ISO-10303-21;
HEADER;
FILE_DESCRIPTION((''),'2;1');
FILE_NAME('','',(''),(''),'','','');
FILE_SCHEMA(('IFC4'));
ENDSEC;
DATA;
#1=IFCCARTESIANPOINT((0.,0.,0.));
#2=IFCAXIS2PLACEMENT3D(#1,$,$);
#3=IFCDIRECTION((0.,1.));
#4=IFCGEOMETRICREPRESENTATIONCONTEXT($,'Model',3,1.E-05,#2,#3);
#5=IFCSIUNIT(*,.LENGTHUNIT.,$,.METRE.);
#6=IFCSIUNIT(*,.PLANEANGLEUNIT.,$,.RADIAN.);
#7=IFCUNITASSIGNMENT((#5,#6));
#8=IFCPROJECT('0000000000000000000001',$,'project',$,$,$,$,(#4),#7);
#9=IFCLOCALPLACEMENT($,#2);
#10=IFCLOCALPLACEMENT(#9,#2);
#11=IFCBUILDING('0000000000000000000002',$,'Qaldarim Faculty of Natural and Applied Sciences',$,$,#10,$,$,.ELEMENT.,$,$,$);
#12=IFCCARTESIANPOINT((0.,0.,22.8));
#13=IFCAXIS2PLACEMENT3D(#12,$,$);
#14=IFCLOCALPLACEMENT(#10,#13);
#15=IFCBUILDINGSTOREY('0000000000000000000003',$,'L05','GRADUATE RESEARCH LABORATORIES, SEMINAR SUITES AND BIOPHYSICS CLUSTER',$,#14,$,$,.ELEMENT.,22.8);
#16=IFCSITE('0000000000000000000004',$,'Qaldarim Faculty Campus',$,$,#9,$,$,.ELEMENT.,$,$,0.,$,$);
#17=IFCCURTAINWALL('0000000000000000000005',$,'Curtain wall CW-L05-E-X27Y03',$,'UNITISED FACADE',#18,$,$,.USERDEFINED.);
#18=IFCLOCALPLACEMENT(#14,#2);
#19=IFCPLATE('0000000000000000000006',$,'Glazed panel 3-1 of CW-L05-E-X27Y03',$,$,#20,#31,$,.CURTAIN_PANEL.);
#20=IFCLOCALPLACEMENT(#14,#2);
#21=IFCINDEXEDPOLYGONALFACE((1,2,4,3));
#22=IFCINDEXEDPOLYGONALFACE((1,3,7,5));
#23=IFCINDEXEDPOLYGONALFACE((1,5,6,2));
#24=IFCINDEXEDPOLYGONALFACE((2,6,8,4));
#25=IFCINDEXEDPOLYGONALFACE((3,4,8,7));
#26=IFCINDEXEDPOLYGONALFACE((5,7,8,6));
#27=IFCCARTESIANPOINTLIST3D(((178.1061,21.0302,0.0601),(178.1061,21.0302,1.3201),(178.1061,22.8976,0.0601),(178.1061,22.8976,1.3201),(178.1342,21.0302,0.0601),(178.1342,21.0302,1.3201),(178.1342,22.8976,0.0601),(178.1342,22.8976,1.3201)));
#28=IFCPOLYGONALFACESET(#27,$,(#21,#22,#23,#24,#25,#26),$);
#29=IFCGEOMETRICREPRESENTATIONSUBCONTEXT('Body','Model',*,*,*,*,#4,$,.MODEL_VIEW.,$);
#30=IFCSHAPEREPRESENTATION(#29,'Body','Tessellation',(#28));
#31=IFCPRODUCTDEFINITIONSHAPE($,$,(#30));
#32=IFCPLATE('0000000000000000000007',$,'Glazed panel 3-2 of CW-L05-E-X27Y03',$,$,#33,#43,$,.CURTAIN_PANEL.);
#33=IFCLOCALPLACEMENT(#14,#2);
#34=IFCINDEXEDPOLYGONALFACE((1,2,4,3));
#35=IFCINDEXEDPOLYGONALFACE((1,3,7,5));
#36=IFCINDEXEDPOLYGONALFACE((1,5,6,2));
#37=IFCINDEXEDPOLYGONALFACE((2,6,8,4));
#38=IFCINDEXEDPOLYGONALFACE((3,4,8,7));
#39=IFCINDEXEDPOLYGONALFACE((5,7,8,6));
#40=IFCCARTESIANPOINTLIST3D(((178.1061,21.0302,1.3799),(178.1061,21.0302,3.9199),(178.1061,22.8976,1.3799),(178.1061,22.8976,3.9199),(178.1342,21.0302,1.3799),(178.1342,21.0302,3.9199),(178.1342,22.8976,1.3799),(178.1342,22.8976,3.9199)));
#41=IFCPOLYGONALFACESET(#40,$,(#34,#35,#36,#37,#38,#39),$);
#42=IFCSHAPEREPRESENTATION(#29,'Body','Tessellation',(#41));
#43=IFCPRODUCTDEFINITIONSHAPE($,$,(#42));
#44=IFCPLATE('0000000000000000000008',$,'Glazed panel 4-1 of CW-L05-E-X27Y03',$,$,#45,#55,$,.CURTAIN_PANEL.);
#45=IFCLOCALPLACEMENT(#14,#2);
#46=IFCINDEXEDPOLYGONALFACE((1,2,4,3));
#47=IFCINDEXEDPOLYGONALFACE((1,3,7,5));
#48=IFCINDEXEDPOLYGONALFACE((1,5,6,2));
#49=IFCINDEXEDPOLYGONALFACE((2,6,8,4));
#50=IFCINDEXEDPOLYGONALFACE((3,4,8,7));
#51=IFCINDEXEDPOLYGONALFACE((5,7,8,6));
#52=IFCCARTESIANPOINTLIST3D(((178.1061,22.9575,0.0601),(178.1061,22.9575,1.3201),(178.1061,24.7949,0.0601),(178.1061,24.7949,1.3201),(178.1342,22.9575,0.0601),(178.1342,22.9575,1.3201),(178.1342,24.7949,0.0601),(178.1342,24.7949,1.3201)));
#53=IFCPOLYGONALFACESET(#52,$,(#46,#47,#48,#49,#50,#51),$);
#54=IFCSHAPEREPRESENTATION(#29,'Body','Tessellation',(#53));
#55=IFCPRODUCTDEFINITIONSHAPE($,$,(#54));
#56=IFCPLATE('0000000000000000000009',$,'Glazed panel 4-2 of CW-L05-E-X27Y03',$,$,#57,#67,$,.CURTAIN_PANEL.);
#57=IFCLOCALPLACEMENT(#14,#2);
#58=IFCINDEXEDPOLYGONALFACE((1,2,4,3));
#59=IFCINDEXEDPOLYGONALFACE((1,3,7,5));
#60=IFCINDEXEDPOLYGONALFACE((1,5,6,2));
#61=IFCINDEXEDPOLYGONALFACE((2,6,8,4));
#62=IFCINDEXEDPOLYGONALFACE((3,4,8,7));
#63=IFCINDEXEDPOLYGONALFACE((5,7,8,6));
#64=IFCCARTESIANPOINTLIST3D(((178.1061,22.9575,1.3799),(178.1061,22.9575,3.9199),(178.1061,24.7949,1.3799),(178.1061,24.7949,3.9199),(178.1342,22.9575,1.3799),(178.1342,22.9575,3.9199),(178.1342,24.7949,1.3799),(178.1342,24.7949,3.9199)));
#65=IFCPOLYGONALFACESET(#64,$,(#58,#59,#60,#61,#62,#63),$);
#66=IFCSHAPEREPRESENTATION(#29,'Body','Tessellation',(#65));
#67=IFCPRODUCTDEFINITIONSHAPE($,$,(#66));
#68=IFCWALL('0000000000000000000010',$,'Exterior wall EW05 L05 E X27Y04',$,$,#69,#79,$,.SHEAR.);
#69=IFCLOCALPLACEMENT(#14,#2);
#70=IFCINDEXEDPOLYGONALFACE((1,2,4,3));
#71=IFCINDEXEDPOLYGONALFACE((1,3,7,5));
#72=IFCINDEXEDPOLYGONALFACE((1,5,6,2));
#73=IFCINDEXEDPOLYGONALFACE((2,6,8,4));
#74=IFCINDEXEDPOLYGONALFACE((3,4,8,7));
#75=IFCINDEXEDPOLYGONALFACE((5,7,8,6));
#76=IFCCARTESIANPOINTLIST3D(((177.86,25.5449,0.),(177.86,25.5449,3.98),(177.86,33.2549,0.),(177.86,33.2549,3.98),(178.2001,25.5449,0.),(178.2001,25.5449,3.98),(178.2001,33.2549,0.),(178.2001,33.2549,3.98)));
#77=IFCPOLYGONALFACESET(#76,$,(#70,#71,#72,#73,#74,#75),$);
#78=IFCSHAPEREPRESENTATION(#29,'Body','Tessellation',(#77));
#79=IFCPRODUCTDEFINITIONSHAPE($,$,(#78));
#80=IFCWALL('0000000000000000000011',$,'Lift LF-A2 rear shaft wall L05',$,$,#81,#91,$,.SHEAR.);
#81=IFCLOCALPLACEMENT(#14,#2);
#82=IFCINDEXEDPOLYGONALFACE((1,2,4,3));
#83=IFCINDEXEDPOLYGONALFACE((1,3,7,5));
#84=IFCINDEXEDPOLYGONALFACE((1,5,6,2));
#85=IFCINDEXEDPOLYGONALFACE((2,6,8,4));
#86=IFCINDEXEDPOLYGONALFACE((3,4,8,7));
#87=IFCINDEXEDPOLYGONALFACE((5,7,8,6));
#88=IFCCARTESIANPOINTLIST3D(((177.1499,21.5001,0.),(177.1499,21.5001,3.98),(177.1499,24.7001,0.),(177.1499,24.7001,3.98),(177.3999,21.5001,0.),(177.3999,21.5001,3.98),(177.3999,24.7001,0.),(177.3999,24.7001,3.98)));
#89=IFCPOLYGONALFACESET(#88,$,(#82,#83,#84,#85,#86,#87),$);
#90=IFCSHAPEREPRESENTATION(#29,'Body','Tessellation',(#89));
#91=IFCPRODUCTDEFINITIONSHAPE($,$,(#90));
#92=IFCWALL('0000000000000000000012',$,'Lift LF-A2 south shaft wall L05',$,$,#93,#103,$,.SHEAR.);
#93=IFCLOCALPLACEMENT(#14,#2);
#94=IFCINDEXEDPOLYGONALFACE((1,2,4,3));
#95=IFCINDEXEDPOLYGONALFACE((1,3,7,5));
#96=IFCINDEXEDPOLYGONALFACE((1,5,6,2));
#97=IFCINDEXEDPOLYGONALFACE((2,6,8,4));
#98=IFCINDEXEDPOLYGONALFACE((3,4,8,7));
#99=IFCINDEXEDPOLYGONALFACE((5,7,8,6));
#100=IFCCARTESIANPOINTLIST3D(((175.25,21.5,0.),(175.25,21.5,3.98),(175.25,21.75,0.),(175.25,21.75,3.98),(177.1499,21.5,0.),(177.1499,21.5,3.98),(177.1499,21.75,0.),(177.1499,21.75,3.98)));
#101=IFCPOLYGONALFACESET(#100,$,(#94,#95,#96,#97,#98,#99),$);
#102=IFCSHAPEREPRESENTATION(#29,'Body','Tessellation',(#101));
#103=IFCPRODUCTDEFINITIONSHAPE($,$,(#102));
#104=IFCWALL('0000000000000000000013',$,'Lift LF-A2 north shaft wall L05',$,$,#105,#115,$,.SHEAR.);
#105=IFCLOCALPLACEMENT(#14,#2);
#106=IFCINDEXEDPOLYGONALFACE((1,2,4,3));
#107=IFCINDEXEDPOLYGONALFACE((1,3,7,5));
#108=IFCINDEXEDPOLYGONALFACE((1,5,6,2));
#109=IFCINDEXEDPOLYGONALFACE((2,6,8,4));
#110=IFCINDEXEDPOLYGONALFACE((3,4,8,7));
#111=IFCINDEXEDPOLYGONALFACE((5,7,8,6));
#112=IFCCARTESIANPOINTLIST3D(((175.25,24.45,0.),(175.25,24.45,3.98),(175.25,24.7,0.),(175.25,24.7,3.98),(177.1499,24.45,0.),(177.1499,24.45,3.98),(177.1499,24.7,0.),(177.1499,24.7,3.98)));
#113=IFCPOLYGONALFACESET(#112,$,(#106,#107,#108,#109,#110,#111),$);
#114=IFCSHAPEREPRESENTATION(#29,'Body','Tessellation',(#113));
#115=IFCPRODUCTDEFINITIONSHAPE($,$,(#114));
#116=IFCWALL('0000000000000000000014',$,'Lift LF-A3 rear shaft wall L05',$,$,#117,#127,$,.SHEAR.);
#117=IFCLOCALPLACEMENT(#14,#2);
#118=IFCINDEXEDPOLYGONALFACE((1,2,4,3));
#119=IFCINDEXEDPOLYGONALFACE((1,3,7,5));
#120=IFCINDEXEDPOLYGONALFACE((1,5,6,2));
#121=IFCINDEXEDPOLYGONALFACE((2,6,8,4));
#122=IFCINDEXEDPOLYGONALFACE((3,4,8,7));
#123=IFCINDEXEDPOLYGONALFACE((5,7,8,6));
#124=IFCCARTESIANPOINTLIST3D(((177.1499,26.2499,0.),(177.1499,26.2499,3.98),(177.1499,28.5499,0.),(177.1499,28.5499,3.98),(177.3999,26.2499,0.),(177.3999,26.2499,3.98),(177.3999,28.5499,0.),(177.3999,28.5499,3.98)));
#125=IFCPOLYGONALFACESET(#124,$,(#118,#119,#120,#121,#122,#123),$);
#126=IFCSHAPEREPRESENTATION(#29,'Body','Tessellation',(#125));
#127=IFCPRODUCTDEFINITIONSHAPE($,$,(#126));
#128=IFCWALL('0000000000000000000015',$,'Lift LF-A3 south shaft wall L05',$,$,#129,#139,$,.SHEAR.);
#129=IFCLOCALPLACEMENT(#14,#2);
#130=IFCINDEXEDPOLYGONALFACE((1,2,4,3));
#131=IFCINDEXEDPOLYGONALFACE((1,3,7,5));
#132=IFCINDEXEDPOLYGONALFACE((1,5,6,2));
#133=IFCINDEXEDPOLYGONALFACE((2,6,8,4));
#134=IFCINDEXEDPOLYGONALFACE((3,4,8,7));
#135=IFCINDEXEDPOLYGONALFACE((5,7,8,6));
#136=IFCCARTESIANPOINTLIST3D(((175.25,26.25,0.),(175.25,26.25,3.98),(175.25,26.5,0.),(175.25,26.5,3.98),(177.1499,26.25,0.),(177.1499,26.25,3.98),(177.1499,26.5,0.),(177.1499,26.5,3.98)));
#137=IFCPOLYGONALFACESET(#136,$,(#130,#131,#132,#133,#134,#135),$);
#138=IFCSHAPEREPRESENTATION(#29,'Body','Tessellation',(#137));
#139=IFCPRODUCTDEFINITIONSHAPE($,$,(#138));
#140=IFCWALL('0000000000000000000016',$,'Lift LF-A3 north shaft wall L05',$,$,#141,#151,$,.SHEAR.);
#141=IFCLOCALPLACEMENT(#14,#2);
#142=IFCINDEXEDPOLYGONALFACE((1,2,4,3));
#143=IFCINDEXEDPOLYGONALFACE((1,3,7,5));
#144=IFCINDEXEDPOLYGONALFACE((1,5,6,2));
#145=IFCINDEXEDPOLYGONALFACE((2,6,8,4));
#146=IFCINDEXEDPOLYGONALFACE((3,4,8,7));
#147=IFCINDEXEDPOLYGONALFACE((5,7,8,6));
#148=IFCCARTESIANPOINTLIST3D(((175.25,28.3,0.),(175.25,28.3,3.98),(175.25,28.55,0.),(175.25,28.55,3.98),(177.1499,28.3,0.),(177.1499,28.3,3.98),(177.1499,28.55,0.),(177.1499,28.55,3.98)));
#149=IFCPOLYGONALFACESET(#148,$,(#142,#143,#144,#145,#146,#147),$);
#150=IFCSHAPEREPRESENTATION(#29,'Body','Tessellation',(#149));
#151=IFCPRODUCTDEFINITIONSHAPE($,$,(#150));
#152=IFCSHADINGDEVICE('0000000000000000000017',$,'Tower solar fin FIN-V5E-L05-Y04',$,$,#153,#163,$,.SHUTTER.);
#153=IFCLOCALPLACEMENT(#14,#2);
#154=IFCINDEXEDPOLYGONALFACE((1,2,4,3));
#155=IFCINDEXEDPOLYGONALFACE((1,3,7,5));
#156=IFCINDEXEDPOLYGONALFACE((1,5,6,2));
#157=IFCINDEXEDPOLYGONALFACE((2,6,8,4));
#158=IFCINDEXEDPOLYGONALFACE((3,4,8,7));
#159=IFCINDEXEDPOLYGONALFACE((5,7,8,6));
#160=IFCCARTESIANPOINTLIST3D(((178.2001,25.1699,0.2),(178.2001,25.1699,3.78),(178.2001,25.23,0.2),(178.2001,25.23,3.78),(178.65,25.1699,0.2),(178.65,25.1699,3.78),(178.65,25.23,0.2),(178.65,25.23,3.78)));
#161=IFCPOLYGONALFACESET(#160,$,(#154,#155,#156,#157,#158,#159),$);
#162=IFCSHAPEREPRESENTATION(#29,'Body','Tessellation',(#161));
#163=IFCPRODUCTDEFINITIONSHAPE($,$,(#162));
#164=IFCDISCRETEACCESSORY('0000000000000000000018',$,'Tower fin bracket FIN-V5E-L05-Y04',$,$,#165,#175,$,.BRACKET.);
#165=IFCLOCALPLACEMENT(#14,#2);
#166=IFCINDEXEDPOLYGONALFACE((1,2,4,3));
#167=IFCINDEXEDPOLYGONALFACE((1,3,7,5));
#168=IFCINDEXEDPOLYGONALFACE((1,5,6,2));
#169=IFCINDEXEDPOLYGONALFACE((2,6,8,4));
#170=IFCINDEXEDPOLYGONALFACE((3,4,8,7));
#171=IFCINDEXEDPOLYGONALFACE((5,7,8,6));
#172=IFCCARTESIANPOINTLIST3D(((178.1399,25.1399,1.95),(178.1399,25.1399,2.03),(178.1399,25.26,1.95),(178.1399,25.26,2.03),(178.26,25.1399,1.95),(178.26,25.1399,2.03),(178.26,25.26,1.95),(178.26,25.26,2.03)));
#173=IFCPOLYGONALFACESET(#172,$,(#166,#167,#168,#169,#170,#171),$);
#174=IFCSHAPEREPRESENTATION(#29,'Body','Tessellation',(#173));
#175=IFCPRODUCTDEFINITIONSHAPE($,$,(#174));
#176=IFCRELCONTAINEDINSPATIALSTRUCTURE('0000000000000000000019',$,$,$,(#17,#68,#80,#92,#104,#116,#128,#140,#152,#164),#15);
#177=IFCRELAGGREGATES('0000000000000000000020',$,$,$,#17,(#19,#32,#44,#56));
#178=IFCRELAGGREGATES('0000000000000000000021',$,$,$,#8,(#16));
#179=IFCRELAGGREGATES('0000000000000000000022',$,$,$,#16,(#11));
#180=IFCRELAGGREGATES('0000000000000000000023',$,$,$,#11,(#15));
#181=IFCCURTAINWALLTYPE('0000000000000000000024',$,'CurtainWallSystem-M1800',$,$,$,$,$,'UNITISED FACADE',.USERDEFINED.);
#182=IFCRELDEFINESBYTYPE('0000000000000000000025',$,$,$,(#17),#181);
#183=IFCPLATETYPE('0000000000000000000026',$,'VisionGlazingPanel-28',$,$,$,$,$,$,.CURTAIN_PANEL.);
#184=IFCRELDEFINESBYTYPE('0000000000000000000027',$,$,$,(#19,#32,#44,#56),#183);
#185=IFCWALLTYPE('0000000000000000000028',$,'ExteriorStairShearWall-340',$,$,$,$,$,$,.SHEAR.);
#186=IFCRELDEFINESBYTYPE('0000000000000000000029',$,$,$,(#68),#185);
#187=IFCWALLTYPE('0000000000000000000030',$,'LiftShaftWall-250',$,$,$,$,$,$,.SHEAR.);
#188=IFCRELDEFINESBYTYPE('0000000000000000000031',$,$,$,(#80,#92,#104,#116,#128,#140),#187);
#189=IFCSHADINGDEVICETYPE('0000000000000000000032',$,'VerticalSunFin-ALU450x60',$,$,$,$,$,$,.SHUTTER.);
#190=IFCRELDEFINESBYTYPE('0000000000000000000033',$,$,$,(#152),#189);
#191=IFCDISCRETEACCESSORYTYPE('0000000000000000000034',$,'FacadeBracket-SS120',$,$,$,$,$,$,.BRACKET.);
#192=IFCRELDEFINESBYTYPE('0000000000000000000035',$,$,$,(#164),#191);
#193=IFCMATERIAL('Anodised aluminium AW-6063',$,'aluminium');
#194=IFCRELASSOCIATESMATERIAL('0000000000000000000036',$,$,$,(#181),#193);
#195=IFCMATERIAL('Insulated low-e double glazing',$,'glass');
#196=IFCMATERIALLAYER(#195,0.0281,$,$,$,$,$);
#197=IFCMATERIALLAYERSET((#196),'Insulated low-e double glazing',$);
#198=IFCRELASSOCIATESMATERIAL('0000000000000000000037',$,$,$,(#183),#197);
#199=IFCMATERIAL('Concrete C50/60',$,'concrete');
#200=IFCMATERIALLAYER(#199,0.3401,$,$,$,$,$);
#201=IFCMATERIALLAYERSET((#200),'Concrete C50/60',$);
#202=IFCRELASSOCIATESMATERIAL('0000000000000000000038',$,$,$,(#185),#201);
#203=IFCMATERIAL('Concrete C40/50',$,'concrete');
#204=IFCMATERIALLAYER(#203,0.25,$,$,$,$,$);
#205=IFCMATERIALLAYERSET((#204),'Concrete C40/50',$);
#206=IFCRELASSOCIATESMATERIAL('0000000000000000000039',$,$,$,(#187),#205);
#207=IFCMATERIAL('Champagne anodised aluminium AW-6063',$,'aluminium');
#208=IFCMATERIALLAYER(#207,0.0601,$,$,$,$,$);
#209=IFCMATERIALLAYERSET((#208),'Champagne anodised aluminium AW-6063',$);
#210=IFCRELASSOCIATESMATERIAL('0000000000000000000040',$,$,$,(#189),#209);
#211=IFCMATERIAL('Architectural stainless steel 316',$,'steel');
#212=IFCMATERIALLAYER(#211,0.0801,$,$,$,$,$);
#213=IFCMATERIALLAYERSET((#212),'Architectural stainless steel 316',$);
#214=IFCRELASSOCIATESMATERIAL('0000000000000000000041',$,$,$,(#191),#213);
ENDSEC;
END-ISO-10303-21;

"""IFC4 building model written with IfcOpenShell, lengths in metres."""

from ifc_helpers import new_model, si_unit, direction, frame, frame_2d, origin, origin_2d, place, context, subcontext, project, spatial, rectangle, extrude, material, layer, layer_set, type_object, element, aggregate, save


model = new_model("IFC4")

# Units and contexts
model_context = context("Model", 3, precision=1e-05, world=origin(), true_north=direction((0.0, 1.0)))
body_context = subcontext(model_context, "Body", "Model", "MODEL_VIEW")
ifc_project = project(units=[si_unit("LENGTHUNIT", "METRE"), si_unit("PLANEANGLEUNIT", "RADIAN")], contexts=[model_context])

# Site, building, storey
site_placement = place(None, origin())
site = spatial("IfcSite", under=ifc_project, at=site_placement, Name="Qaldarim Faculty Campus", CompositionType="ELEMENT", RefElevation=0.0)
building_placement = place(site_placement, origin())
building = spatial("IfcBuilding", under=site, at=building_placement, Name="Qaldarim Faculty of Natural and Applied Sciences", CompositionType="ELEMENT")
storey_placement = place(building_placement, frame((0.0, 0.0, 22.8)))
storey = spatial("IfcBuildingStorey", under=building, at=storey_placement, Name="L05", Description="GRADUATE RESEARCH LABORATORIES, SEMINAR SUITES AND BIOPHYSICS CLUSTER", CompositionType="ELEMENT", Elevation=22.8)

# Shared definitions
ifc_material_1 = material(Name="Concrete C50/60", Category="concrete")

# Curtain wall
ifc_material_2 = material(Name="Anodised aluminium AW-6063", Category="aluminium")
curtain_wall_type = type_object("IfcCurtainWallType", Name="CurtainWallSystem-M1800", ElementType="UNITISED FACADE", PredefinedType="USERDEFINED", material=ifc_material_2)
curtain_wall_placement = place(storey_placement, origin())
curtain_wall = element("IfcCurtainWall", 1, at=curtain_wall_placement, inside=storey, type_object=curtain_wall_type, Name="Curtain wall CW-L05-E-X27Y03", ObjectType="UNITISED FACADE", PredefinedType="USERDEFINED")

# Shared definitions
ifc_material_3 = material(Name="Concrete C40/50", Category="concrete")

# Plates
ifc_material_4 = material(Name="Insulated low-e double glazing", Category="glass")
ifc_layer_1 = layer(ifc_material_4, 0.0281)
ifc_layer_set_1 = layer_set([ifc_layer_1], Name="Insulated low-e double glazing")
plate_type_1 = type_object("IfcPlateType", Name="VisionGlazingPanel-28", PredefinedType="CURTAIN_PANEL", material=ifc_layer_set_1)
plate_1_placement = place(storey_placement, frame((178.1201, 21.9639, 0.0601), z_axis=(0.0, 0.0, 1.0), x_axis=(0.0, 1.0, 0.0)))
plate_1 = element("IfcPlate", 2, at=plate_1_placement, type_object=plate_type_1, Name="Glazed panel 3-1 of CW-L05-E-X27Y03", PredefinedType="CURTAIN_PANEL", context=body_context, shape_type="SweptSolid", body=[
    extrude(rectangle(XDim=1.8674, YDim=0.0281, at=origin_2d()), origin(), (0.0, 0.0, 1.0), 1.26),
])
plate_2_placement = place(storey_placement, frame((178.1201, 21.9639, 1.3799), z_axis=(0.0, 0.0, 1.0), x_axis=(0.0, 1.0, 0.0)))
plate_2 = element("IfcPlate", 3, at=plate_2_placement, type_object=plate_type_1, Name="Glazed panel 3-2 of CW-L05-E-X27Y03", PredefinedType="CURTAIN_PANEL", context=body_context, shape_type="SweptSolid", body=[
    extrude(rectangle(XDim=1.8674, YDim=0.0281, at=origin_2d()), origin(), (0.0, 0.0, 1.0), 2.54),
])
plate_3_placement = place(storey_placement, frame((178.1201, 23.8762, 0.0601), z_axis=(0.0, 0.0, 1.0), x_axis=(0.0, 1.0, 0.0)))
plate_3 = element("IfcPlate", 4, at=plate_3_placement, type_object=plate_type_1, Name="Glazed panel 4-1 of CW-L05-E-X27Y03", PredefinedType="CURTAIN_PANEL", context=body_context, shape_type="SweptSolid", body=[
    extrude(rectangle(XDim=1.8374, YDim=0.0281, at=origin_2d()), origin(), (0.0, 0.0, 1.0), 1.26),
])
plate_4_placement = place(storey_placement, frame((178.1201, 23.8762, 1.3799), z_axis=(0.0, 0.0, 1.0), x_axis=(0.0, 1.0, 0.0)))
plate_4 = element("IfcPlate", 5, at=plate_4_placement, type_object=plate_type_1, Name="Glazed panel 4-2 of CW-L05-E-X27Y03", PredefinedType="CURTAIN_PANEL", context=body_context, shape_type="SweptSolid", body=[
    extrude(rectangle(XDim=1.8374, YDim=0.0281, at=origin_2d()), origin(), (0.0, 0.0, 1.0), 2.54),
])
aggregate(curtain_wall, [plate_1, plate_2, plate_3, plate_4])

# Wall
ifc_layer_2 = layer(ifc_material_1, 0.3401)
ifc_layer_set_2 = layer_set([ifc_layer_2], Name="Concrete C50/60")
wall_type_1 = type_object("IfcWallType", Name="ExteriorStairShearWall-340", PredefinedType="SHEAR", material=ifc_layer_set_2)
wall_1_placement = place(storey_placement, frame((178.03, 25.5449, 0.0), z_axis=(0.0, 0.0, 1.0), x_axis=(0.0, 1.0, 0.0)))
element("IfcWall", 6, at=wall_1_placement, inside=storey, type_object=wall_type_1, Name="Exterior wall EW05 L05 E X27Y04", PredefinedType="SHEAR", context=body_context, shape_type="SweptSolid", body=[
    extrude(rectangle(XDim=7.71, YDim=0.3401, at=frame_2d((3.855, 0.0))), origin(), (0.0, 0.0, 1.0), 3.98),
])

# Shared definitions
ifc_layer_3 = layer(ifc_material_3, 0.25)
ifc_layer_set_3 = layer_set([ifc_layer_3], Name="Concrete C40/50")
wall_type_2 = type_object("IfcWallType", Name="LiftShaftWall-250", PredefinedType="SHEAR", material=ifc_layer_set_3)
ifc_material_5 = material(Name="Architectural stainless steel 316", Category="steel")

# Walls
wall_2_placement = place(storey_placement, frame((177.2749, 21.5, 0.0), z_axis=(0.0, 0.0, 1.0), x_axis=(0.0, 1.0, 0.0)))
element("IfcWall", 7, at=wall_2_placement, inside=storey, type_object=wall_type_2, Name="Lift LF-A2 rear shaft wall L05", PredefinedType="SHEAR", context=body_context, shape_type="SweptSolid", body=[
    extrude(rectangle(XDim=3.2, YDim=0.25, at=frame_2d((1.6001, 0.0))), origin(), (0.0, 0.0, 1.0), 3.98),
])
for number, where, z_axis, x_axis, name in (
    (8, (175.25, 21.625, 0.0), (0.0, 0.0, 1.0), (1.0, 0.0, 0.0), "Lift LF-A2 south shaft wall L05"),
    (9, (175.25, 24.575, 0.0), (0.0, 0.0, 1.0), (1.0, 0.0, 0.0), "Lift LF-A2 north shaft wall L05"),
):
    element("IfcWall", number, at=place(storey_placement, frame(where, z_axis=z_axis, x_axis=x_axis)), inside=storey, type_object=wall_type_2, Name=name, PredefinedType="SHEAR", context=body_context, shape_type="SweptSolid", body=[
        extrude(rectangle(XDim=1.8999, YDim=0.25, at=frame_2d((0.95, 0.0))), origin(), (0.0, 0.0, 1.0), 3.98),
    ])

# Walls
wall_3_placement = place(storey_placement, frame((177.2749, 26.25, 0.0), z_axis=(0.0, 0.0, 1.0), x_axis=(0.0, 1.0, 0.0)))
element("IfcWall", 10, at=wall_3_placement, inside=storey, type_object=wall_type_2, Name="Lift LF-A3 rear shaft wall L05", PredefinedType="SHEAR", context=body_context, shape_type="SweptSolid", body=[
    extrude(rectangle(XDim=2.3, YDim=0.25, at=frame_2d((1.1499, 0.0))), origin(), (0.0, 0.0, 1.0), 3.98),
])
for number, where, z_axis, x_axis, name in (
    (11, (175.25, 26.375, 0.0), (0.0, 0.0, 1.0), (1.0, 0.0, 0.0), "Lift LF-A3 south shaft wall L05"),
    (12, (175.25, 28.425, 0.0), (0.0, 0.0, 1.0), (1.0, 0.0, 0.0), "Lift LF-A3 north shaft wall L05"),
):
    element("IfcWall", number, at=place(storey_placement, frame(where, z_axis=z_axis, x_axis=x_axis)), inside=storey, type_object=wall_type_2, Name=name, PredefinedType="SHEAR", context=body_context, shape_type="SweptSolid", body=[
        extrude(rectangle(XDim=1.8999, YDim=0.25, at=frame_2d((0.95, 0.0))), origin(), (0.0, 0.0, 1.0), 3.98),
    ])

# Shading device
ifc_material_6 = material(Name="Champagne anodised aluminium AW-6063", Category="aluminium")
ifc_layer_4 = layer(ifc_material_6, 0.0601)
ifc_layer_set_4 = layer_set([ifc_layer_4], Name="Champagne anodised aluminium AW-6063")
shading_device_type = type_object("IfcShadingDeviceType", Name="VerticalSunFin-ALU450x60", PredefinedType="SHUTTER", material=ifc_layer_set_4)
shading_device_placement = place(storey_placement, frame((178.425, 25.2, 0.2), z_axis=(0.0, 0.0, 1.0), x_axis=(1.0, 0.0, 0.0)))
element("IfcShadingDevice", 13, at=shading_device_placement, inside=storey, type_object=shading_device_type, Name="Tower solar fin FIN-V5E-L05-Y04", PredefinedType="SHUTTER", context=body_context, shape_type="SweptSolid", body=[
    extrude(rectangle(XDim=0.45, YDim=0.0601, at=origin_2d()), origin(), (0.0, 0.0, 1.0), 3.5801),
])

# Discrete accessory
ifc_layer_5 = layer(ifc_material_5, 0.0801)
ifc_layer_set_5 = layer_set([ifc_layer_5], Name="Architectural stainless steel 316")
discrete_accessory_type = type_object("IfcDiscreteAccessoryType", Name="FacadeBracket-SS120", PredefinedType="BRACKET", material=ifc_layer_set_5)
discrete_accessory_placement = place(storey_placement, frame((178.2, 25.2, 1.95), z_axis=(0.0, 0.0, 1.0), x_axis=(1.0, 0.0, 0.0)))
element("IfcDiscreteAccessory", 14, at=discrete_accessory_placement, inside=storey, type_object=discrete_accessory_type, Name="Tower fin bracket FIN-V5E-L05-Y04", PredefinedType="BRACKET", context=body_context, shape_type="SweptSolid", body=[
    extrude(rectangle(XDim=0.1201, YDim=0.1201, at=origin_2d()), origin(), (0.0, 0.0, 1.0), 0.0801),
])

save(model, "model.ifc")
